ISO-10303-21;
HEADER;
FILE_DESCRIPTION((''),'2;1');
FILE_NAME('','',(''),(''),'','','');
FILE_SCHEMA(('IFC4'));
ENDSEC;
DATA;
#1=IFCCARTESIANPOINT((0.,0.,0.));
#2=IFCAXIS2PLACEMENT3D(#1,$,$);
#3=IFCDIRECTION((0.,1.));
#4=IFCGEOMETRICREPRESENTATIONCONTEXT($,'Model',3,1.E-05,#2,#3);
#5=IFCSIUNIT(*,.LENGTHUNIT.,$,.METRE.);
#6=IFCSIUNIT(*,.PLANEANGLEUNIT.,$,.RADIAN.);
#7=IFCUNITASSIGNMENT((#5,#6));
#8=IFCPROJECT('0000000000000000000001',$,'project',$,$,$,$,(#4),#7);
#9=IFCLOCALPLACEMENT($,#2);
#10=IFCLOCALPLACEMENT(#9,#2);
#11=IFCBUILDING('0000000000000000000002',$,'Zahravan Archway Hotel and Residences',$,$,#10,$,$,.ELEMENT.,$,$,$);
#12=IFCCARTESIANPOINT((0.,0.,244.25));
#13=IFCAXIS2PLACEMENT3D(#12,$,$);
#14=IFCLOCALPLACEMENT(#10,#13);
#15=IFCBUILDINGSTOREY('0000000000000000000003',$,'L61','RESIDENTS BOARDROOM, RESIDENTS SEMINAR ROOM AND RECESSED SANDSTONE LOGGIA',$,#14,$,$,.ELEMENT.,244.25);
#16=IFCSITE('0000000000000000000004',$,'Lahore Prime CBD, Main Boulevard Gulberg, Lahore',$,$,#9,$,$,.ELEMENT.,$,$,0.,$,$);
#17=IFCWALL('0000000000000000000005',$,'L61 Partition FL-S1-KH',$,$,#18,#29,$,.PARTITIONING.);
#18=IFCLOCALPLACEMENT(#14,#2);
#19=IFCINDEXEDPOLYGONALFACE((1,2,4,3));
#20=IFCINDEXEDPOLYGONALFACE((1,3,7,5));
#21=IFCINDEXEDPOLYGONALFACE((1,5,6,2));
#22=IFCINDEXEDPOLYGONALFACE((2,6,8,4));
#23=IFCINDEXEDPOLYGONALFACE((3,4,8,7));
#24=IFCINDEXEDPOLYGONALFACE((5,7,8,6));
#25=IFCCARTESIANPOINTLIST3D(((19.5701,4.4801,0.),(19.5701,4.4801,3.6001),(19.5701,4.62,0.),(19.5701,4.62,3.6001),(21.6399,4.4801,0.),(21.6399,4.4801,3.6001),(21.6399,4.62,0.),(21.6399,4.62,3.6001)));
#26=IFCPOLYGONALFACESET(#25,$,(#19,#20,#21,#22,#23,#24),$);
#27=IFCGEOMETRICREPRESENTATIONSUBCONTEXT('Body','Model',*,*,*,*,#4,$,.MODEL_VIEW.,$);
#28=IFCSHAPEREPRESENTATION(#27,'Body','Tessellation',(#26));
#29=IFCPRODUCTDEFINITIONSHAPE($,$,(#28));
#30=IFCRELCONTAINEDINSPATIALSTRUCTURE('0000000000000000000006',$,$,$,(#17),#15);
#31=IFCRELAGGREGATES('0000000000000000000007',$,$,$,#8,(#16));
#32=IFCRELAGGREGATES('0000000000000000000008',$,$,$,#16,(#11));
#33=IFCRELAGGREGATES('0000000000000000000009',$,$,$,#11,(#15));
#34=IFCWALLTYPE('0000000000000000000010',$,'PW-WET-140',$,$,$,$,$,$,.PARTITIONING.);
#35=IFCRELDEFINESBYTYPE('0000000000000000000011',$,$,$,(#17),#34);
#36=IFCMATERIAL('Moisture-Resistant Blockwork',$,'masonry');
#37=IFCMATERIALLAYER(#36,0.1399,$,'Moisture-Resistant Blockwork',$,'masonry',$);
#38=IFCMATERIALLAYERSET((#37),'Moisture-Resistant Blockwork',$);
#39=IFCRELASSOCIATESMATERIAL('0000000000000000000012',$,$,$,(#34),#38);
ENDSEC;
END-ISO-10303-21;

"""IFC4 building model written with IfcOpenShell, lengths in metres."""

from ifc_helpers import new_model, si_unit, direction, frame, frame_2d, origin, place, context, subcontext, project, spatial, rectangle, extrude, material, layer, layer_set, type_object, element, save


model = new_model("IFC4")

# Units and contexts
model_context = context("Model", 3, precision=1e-05, world=origin(), true_north=direction((0.0, 1.0)))
body_context = subcontext(model_context, "Body", "Model", "MODEL_VIEW")
ifc_project = project(units=[si_unit("LENGTHUNIT", "METRE"), si_unit("PLANEANGLEUNIT", "RADIAN")], contexts=[model_context])

# Site, building, storey
site_placement = place(None, origin())
site = spatial("IfcSite", under=ifc_project, at=site_placement, Name="Lahore Prime CBD, Main Boulevard Gulberg, Lahore", CompositionType="ELEMENT", RefElevation=0.0)
building_placement = place(site_placement, origin())
building = spatial("IfcBuilding", under=site, at=building_placement, Name="Zahravan Archway Hotel and Residences", CompositionType="ELEMENT")
storey_placement = place(building_placement, frame((0.0, 0.0, 244.25)))
storey = spatial("IfcBuildingStorey", under=building, at=storey_placement, Name="L61", Description="RESIDENTS BOARDROOM, RESIDENTS SEMINAR ROOM AND RECESSED SANDSTONE LOGGIA", CompositionType="ELEMENT", Elevation=244.25)

# Wall
ifc_material_1 = material(Name="Moisture-Resistant Blockwork", Category="masonry")
ifc_layer_1 = layer(ifc_material_1, 0.1399, Name="Moisture-Resistant Blockwork", Category="masonry")
ifc_layer_set_1 = layer_set([ifc_layer_1], Name="Moisture-Resistant Blockwork")
wall_type_1 = type_object("IfcWallType", Name="PW-WET-140", PredefinedType="PARTITIONING", material=ifc_layer_set_1)
wall_1_placement = place(storey_placement, frame((19.5701, 4.55, 0.0), z_axis=(0.0, 0.0, 1.0), x_axis=(1.0, 0.0, 0.0)))
element("IfcWall", 1, at=wall_1_placement, inside=storey, type_object=wall_type_1, Name="L61 Partition FL-S1-KH", PredefinedType="PARTITIONING", context=body_context, shape_type="SweptSolid", body=[
    extrude(rectangle(XDim=2.0698, YDim=0.1399, at=frame_2d((1.0349, 0.0))), origin(), (0.0, 0.0, 1.0), 3.6001),
])

save(model, "model.ifc")
